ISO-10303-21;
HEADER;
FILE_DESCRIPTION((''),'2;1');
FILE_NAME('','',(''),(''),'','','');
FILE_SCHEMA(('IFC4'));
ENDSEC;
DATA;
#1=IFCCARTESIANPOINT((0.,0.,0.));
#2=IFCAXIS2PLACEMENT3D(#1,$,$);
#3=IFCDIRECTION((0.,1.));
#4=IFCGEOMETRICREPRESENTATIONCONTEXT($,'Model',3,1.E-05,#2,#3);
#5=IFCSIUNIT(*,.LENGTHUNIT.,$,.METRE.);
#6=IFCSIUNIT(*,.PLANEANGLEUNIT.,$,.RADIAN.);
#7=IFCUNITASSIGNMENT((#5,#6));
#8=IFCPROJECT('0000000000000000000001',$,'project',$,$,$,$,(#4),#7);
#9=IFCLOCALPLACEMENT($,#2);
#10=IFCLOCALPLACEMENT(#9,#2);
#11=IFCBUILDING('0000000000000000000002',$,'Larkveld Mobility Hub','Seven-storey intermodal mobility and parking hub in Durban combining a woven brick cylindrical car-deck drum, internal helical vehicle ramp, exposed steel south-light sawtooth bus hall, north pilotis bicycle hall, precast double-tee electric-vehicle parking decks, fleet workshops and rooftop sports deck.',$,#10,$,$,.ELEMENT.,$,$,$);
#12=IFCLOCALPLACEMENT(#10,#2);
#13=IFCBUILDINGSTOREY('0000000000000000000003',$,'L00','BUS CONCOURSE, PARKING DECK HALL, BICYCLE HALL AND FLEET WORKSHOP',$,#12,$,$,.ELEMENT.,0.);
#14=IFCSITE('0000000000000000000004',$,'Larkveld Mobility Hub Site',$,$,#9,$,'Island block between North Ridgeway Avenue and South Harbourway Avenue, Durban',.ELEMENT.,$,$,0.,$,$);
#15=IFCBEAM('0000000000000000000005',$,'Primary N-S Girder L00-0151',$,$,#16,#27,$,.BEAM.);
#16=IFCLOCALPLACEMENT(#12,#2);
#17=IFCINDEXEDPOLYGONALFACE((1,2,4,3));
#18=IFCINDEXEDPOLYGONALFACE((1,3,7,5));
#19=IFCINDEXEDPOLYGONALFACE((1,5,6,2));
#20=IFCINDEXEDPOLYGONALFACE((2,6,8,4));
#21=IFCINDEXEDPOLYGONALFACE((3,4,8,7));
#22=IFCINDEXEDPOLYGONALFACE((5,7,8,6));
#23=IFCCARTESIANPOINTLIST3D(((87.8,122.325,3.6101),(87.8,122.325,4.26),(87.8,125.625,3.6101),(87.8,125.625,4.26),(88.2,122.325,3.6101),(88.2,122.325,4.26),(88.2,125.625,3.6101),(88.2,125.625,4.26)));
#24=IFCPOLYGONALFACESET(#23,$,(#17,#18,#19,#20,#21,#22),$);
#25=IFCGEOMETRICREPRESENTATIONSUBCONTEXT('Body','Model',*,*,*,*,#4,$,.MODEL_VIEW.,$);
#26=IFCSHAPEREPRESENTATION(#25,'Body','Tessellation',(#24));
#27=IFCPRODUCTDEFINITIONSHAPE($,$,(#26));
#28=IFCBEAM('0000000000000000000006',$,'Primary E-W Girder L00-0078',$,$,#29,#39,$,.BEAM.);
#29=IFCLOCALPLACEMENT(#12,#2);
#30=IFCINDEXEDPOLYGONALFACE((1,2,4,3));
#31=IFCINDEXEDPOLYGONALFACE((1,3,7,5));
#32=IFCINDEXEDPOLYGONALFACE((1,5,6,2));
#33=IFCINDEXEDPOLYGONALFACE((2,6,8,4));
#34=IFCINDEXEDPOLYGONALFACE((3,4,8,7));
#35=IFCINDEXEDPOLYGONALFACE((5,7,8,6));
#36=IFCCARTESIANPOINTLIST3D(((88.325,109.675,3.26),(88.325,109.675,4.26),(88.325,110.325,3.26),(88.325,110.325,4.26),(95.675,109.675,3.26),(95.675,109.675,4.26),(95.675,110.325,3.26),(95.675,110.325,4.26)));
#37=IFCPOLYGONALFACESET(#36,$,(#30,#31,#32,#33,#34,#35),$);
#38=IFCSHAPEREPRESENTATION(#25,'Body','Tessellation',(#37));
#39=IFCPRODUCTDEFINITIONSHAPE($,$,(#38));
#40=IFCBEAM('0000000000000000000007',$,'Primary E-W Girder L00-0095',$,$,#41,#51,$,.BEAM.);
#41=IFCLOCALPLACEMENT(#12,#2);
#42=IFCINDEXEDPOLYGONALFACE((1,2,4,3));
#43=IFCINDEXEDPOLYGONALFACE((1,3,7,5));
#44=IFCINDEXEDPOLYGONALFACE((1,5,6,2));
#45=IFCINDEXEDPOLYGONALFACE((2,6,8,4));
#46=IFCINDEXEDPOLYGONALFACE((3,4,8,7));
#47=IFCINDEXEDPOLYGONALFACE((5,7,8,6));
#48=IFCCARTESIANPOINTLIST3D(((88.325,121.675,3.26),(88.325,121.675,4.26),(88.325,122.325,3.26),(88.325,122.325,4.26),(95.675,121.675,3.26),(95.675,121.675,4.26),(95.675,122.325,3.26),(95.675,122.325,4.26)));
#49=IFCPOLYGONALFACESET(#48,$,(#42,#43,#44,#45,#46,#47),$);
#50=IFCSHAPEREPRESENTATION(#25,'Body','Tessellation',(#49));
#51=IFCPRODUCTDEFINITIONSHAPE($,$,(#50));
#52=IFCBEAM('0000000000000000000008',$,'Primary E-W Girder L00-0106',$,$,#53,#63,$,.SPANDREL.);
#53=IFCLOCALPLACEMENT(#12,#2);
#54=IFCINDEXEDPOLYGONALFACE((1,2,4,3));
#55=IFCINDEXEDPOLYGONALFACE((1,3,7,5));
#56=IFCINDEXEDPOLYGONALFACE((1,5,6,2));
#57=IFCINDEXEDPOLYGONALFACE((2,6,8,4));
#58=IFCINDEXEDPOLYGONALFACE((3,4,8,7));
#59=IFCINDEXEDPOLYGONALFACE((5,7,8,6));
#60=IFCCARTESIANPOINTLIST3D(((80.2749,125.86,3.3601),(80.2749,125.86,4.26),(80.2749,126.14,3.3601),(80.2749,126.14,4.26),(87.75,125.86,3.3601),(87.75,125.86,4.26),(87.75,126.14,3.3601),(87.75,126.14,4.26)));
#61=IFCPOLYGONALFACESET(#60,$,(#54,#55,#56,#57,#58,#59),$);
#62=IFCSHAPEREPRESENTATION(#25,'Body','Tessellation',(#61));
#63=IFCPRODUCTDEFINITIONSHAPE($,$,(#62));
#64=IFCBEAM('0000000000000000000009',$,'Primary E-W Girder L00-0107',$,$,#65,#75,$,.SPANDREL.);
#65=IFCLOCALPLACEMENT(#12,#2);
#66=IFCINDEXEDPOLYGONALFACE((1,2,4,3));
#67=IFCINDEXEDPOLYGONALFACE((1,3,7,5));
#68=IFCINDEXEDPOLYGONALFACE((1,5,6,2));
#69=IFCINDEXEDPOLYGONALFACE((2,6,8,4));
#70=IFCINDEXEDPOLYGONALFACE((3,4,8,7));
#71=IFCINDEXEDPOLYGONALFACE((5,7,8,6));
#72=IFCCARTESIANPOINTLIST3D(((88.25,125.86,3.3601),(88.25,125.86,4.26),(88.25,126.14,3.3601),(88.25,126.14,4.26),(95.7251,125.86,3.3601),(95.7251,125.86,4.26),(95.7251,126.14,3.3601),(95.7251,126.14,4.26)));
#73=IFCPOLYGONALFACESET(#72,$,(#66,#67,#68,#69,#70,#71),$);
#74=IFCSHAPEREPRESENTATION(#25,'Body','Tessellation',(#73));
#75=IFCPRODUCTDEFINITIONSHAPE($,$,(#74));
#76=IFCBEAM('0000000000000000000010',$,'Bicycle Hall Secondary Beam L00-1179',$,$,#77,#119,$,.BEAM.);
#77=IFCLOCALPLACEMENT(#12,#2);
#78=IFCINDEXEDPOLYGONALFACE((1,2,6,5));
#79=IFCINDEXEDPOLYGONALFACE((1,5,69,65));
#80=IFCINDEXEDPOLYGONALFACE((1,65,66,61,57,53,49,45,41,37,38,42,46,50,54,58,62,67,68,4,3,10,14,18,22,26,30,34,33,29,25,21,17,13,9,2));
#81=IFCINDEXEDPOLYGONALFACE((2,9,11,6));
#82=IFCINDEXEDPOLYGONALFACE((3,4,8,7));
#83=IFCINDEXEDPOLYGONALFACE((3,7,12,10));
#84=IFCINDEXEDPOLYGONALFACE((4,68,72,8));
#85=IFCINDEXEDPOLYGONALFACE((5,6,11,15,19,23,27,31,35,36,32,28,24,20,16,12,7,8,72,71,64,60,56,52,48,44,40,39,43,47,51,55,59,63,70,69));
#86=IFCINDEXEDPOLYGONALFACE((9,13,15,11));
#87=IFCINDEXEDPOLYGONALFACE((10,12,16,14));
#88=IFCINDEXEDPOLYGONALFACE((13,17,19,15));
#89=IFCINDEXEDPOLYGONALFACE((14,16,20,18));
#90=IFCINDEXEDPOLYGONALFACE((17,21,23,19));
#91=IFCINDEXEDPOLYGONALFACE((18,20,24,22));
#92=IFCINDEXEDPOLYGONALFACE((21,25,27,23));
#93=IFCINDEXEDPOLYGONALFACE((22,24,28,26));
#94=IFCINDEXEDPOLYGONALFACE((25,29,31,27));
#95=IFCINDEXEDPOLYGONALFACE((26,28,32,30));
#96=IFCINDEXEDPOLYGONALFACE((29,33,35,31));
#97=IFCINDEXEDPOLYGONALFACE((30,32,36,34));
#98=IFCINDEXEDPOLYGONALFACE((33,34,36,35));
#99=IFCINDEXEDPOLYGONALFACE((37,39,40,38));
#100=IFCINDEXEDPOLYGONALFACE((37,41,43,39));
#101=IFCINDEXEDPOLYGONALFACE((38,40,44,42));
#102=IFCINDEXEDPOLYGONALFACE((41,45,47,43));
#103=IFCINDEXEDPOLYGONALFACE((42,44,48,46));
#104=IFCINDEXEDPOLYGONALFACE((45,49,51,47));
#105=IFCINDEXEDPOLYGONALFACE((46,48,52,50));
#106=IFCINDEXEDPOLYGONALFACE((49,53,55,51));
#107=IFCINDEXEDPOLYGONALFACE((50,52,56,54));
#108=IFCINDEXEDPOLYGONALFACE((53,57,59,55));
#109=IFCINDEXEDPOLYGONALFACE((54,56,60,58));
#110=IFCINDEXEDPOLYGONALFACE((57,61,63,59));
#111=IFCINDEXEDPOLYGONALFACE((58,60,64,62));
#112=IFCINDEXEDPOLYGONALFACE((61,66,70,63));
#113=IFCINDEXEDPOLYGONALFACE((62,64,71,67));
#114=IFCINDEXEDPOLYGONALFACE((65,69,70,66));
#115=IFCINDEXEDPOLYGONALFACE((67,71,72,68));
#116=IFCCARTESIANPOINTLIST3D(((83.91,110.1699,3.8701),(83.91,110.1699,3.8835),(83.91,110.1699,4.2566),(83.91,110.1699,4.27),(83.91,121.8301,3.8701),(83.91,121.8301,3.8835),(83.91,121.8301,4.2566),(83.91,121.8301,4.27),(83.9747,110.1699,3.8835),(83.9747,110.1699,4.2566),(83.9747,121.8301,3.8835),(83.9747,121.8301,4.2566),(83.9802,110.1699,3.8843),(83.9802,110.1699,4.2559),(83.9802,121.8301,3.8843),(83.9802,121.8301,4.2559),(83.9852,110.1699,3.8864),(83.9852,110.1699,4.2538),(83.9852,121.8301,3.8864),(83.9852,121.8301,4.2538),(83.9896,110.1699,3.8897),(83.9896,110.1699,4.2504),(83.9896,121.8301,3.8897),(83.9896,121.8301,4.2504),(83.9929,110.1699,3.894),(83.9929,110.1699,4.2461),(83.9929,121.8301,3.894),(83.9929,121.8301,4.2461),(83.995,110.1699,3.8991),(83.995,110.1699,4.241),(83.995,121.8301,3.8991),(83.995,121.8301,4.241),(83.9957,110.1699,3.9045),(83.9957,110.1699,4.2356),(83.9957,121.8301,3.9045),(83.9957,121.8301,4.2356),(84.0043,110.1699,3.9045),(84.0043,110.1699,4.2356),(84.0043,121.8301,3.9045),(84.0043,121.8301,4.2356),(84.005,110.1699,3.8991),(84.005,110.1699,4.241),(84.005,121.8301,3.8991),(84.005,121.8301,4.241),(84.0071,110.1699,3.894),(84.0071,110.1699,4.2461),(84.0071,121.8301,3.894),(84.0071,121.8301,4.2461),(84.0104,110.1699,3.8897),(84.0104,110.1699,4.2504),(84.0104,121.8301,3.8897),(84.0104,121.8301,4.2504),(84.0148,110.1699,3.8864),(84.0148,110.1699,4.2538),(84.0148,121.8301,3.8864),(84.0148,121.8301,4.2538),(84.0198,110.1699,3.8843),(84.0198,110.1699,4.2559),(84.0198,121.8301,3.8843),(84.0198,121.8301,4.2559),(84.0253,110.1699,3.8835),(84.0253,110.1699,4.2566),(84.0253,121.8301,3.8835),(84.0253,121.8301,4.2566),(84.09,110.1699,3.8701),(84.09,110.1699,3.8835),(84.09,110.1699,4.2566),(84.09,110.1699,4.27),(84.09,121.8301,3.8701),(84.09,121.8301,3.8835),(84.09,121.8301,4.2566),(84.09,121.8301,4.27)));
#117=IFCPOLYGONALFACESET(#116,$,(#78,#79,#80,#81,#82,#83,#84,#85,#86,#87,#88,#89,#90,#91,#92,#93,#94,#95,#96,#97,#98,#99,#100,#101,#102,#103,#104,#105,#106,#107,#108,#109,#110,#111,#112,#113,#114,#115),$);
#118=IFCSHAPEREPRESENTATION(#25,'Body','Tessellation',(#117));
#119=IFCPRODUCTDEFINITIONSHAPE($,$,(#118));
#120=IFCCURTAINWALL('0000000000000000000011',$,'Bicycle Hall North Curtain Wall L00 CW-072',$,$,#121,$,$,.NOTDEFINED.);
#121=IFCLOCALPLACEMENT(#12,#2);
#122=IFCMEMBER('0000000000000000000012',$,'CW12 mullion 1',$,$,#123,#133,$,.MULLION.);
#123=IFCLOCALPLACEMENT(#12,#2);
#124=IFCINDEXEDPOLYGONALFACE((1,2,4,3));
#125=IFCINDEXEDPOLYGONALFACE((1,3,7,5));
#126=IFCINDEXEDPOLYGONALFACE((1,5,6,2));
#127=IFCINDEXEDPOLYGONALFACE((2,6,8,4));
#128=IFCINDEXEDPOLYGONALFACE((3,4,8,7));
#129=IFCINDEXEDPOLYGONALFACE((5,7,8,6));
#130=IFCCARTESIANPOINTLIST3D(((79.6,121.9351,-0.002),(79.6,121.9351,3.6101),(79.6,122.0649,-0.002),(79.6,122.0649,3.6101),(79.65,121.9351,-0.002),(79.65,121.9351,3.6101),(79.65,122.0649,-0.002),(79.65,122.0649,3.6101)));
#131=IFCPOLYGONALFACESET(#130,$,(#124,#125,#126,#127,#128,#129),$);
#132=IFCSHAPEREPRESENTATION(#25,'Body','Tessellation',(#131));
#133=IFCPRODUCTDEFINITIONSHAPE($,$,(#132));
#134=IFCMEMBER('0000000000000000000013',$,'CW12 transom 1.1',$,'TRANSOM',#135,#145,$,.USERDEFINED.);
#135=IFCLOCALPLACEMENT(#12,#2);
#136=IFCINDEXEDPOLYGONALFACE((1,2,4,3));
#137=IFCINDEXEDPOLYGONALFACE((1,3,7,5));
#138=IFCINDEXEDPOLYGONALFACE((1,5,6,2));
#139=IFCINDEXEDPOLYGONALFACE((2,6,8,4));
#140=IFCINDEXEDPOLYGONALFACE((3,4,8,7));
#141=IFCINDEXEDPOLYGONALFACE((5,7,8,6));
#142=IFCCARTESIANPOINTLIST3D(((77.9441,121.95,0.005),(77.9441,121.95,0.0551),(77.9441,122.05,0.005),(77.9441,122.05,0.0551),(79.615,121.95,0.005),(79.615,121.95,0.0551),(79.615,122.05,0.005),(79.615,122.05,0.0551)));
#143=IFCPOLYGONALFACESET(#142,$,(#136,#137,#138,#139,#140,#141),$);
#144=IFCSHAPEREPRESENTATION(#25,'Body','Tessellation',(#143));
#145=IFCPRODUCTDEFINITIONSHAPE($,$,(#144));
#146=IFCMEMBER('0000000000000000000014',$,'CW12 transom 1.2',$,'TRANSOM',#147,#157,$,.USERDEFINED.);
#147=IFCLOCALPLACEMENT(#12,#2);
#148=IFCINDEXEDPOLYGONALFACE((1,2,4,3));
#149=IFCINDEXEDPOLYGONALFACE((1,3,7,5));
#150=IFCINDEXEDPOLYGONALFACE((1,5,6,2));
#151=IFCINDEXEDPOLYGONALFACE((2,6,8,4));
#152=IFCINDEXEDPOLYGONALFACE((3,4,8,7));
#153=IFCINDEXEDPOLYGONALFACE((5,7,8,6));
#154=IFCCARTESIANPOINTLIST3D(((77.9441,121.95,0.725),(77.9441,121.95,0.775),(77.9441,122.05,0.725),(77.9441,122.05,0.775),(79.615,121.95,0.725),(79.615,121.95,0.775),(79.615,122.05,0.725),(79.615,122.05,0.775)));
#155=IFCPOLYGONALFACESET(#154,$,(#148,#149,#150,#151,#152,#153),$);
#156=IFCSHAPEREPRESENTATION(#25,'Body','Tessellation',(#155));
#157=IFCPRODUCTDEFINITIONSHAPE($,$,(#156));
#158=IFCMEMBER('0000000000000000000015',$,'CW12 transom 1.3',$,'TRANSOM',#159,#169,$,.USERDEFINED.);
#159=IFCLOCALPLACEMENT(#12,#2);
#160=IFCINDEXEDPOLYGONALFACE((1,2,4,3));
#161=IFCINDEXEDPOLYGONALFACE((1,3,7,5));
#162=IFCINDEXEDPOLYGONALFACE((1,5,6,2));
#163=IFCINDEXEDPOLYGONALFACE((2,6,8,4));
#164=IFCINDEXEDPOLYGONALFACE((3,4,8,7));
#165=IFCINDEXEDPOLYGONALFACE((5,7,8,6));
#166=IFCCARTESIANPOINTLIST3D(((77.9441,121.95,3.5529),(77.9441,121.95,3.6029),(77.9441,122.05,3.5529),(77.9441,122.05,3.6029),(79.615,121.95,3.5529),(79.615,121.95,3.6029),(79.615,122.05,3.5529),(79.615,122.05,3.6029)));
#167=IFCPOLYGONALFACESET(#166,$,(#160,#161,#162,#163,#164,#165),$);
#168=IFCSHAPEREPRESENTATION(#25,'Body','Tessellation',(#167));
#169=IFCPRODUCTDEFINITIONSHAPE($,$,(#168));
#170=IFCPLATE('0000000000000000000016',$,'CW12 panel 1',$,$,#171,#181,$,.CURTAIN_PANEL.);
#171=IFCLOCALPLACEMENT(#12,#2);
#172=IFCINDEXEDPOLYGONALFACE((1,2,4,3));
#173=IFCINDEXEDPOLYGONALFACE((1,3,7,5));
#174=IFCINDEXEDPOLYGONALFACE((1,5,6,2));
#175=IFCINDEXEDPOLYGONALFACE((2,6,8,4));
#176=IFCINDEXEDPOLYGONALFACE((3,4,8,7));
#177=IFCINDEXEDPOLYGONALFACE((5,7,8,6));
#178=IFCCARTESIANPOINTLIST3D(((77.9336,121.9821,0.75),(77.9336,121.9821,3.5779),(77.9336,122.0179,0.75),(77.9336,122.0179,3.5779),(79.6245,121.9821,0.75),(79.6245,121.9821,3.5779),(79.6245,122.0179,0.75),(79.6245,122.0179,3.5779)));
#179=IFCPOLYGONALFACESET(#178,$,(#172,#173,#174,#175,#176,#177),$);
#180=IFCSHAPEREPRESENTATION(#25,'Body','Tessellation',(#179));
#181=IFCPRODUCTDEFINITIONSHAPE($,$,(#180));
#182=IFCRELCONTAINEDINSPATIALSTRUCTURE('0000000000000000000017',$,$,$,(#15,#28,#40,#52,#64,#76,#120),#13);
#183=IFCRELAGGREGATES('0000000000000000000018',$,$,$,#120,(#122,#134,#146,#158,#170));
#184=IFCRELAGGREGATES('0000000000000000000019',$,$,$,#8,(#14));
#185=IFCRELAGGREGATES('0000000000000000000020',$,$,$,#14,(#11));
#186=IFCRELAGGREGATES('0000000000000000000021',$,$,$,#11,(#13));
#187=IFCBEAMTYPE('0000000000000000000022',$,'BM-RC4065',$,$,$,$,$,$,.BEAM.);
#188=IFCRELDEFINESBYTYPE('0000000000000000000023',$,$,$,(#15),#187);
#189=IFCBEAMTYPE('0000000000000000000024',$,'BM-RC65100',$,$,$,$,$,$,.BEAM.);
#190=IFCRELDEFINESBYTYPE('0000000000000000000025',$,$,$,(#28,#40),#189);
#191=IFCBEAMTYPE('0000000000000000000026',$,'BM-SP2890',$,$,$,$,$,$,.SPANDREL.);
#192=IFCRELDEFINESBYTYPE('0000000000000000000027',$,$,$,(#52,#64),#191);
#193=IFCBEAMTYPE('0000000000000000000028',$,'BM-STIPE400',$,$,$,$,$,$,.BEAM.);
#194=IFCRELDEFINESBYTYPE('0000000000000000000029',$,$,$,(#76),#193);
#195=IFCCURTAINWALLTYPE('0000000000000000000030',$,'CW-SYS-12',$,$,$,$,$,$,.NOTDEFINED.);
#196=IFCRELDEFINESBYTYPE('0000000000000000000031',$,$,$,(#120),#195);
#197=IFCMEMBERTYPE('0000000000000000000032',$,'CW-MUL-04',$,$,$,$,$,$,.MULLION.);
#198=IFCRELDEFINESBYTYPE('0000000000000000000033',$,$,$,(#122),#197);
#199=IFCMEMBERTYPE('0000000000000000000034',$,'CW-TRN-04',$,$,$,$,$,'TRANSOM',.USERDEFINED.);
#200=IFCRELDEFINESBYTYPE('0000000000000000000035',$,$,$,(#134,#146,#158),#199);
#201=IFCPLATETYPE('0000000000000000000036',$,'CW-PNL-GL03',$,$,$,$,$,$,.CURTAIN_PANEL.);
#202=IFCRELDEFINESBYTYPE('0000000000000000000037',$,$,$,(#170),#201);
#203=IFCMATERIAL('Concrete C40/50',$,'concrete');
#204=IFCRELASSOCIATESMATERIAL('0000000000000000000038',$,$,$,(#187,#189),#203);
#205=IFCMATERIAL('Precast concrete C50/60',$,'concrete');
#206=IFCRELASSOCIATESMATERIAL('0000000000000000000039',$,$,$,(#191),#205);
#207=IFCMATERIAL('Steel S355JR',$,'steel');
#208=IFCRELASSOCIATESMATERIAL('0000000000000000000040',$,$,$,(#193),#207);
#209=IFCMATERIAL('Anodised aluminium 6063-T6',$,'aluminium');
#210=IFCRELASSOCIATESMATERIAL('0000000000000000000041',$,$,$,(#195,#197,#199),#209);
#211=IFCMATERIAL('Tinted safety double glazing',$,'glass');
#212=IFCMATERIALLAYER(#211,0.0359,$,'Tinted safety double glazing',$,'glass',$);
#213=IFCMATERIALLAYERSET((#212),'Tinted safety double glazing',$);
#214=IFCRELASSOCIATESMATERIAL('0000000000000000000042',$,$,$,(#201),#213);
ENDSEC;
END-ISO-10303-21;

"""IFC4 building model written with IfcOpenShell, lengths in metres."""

from ifc_helpers import new_model, si_unit, direction, frame, origin, origin_2d, place, context, subcontext, project, spatial, rectangle, i_section, extrude, material, layer, layer_set, material_profile, profile_set, type_object, element, aggregate, save


model = new_model("IFC4")

# Units and contexts
model_context = context("Model", 3, precision=1e-05, world=origin(), true_north=direction((0.0, 1.0)))
body_context = subcontext(model_context, "Body", "Model", "MODEL_VIEW")
ifc_project = project(units=[si_unit("LENGTHUNIT", "METRE"), si_unit("PLANEANGLEUNIT", "RADIAN")], contexts=[model_context])

# Site, building, storey
site_placement = place(None, origin())
site = spatial("IfcSite", under=ifc_project, at=site_placement, Name="Larkveld Mobility Hub Site", LongName="Island block between North Ridgeway Avenue and South Harbourway Avenue, Durban", CompositionType="ELEMENT", RefElevation=0.0)
building_placement = place(site_placement, origin())
building = spatial("IfcBuilding", under=site, at=building_placement, Name="Larkveld Mobility Hub", Description="Seven-storey intermodal mobility and parking hub in Durban combining a woven brick cylindrical car-deck drum, internal helical vehicle ramp, exposed steel south-light sawtooth bus hall, north pilotis bicycle hall, precast double-tee electric-vehicle parking decks, fleet workshops and rooftop sports deck.", CompositionType="ELEMENT")
storey_placement = place(building_placement, origin())
storey = spatial("IfcBuildingStorey", under=building, at=storey_placement, Name="L00", Description="BUS CONCOURSE, PARKING DECK HALL, BICYCLE HALL AND FLEET WORKSHOP", CompositionType="ELEMENT", Elevation=0.0)

# Shared definitions
ifc_material_1 = material(Name="Precast concrete C50/60", Category="concrete")
ifc_material_2 = material(Name="Concrete C40/50", Category="concrete")

# Beams
ifc_material_profile_1 = material_profile(ifc_material_2, rectangle(XDim=0.3999, YDim=0.6499, at=origin_2d()), Name="RC BM 400x650")
ifc_profile_set_1 = profile_set([ifc_material_profile_1], Name="Concrete C40/50")
beam_type_1 = type_object("IfcBeamType", Name="BM-RC4065", PredefinedType="BEAM", material=ifc_profile_set_1)
beam_1_placement = place(storey_placement, frame((88.0, 122.325, 3.9351), z_axis=(0.0, 1.0, 0.0), x_axis=(-1.0, 0.0, 0.0)))
element("IfcBeam", 1, at=beam_1_placement, inside=storey, type_object=beam_type_1, Name="Primary N-S Girder L00-0151", PredefinedType="BEAM", context=body_context, shape_type="SweptSolid", body=[
    extrude(rectangle(XDim=0.3999, YDim=0.6499, at=origin_2d()), origin(), (0.0, 0.0, 1.0), 3.3),
])
ifc_material_profile_2 = material_profile(ifc_material_2, rectangle(XDim=0.6499, YDim=1.0, at=origin_2d()), Name="RC BM 650x1000")
ifc_profile_set_2 = profile_set([ifc_material_profile_2], Name="Concrete C40/50")
beam_type_2 = type_object("IfcBeamType", Name="BM-RC65100", PredefinedType="BEAM", material=ifc_profile_set_2)
for number, where, z_axis, x_axis, name in (
    (2, (88.325, 110.0, 3.76), (1.0, 0.0, 0.0), (0.0, 1.0, 0.0), "Primary E-W Girder L00-0078"),
    (3, (88.325, 122.0, 3.76), (1.0, 0.0, 0.0), (0.0, 1.0, 0.0), "Primary E-W Girder L00-0095"),
):
    element("IfcBeam", number, at=place(storey_placement, frame(where, z_axis=z_axis, x_axis=x_axis)), inside=storey, type_object=beam_type_2, Name=name, PredefinedType="BEAM", context=body_context, shape_type="SweptSolid", body=[
        extrude(rectangle(XDim=0.6499, YDim=1.0, at=origin_2d()), origin(), (0.0, 0.0, 1.0), 7.3501),
    ])
ifc_material_profile_3 = material_profile(ifc_material_1, rectangle(XDim=0.28, YDim=0.8999, at=origin_2d()), Name="PC SP 280x900")
ifc_profile_set_3 = profile_set([ifc_material_profile_3], Name="Precast concrete C50/60")
beam_type_3 = type_object("IfcBeamType", Name="BM-SP2890", PredefinedType="SPANDREL", material=ifc_profile_set_3)
for number, where, z_axis, x_axis, name in (
    (4, (80.2749, 126.0, 3.8101), (1.0, 0.0, 0.0), (0.0, 1.0, 0.0), "Primary E-W Girder L00-0106"),
    (5, (88.25, 126.0, 3.8101), (1.0, 0.0, 0.0), (0.0, 1.0, 0.0), "Primary E-W Girder L00-0107"),
):
    element("IfcBeam", number, at=place(storey_placement, frame(where, z_axis=z_axis, x_axis=x_axis)), inside=storey, type_object=beam_type_3, Name=name, PredefinedType="SPANDREL", context=body_context, shape_type="SweptSolid", body=[
        extrude(rectangle(XDim=0.28, YDim=0.8999, at=origin_2d()), origin(), (0.0, 0.0, 1.0), 7.4751),
    ])
ifc_material_3 = material(Name="Steel S355JR", Category="steel")
ifc_material_profile_4 = material_profile(ifc_material_3, i_section(OverallWidth=0.1799, OverallDepth=0.3999, WebThickness=0.0085, FlangeThickness=0.0134, FilletRadius=0.021, at=origin_2d()), Name="IPE 400")
ifc_profile_set_4 = profile_set([ifc_material_profile_4], Name="Steel S355JR")
beam_type_4 = type_object("IfcBeamType", Name="BM-STIPE400", PredefinedType="BEAM", material=ifc_profile_set_4)
beam_2_placement = place(storey_placement, frame((84.0, 110.1699, 4.0701), z_axis=(0.0, 1.0, 0.0), x_axis=(-1.0, 0.0, 0.0)))
element("IfcBeam", 6, at=beam_2_placement, inside=storey, type_object=beam_type_4, Name="Bicycle Hall Secondary Beam L00-1179", PredefinedType="BEAM", context=body_context, shape_type="SweptSolid", body=[
    extrude(i_section(OverallWidth=0.1799, OverallDepth=0.3999, WebThickness=0.0085, FlangeThickness=0.0134, FilletRadius=0.021, at=origin_2d()), origin(), (0.0, 0.0, 1.0), 11.6602),
])

# Curtain wall, members, plate
ifc_material_4 = material(Name="Anodised aluminium 6063-T6", Category="aluminium")
curtain_wall_type = type_object("IfcCurtainWallType", Name="CW-SYS-12", PredefinedType="NOTDEFINED", material=ifc_material_4)
curtain_wall_placement = place(storey_placement, origin())
curtain_wall = element("IfcCurtainWall", 7, at=curtain_wall_placement, inside=storey, type_object=curtain_wall_type, Name="Bicycle Hall North Curtain Wall L00 CW-072", PredefinedType="NOTDEFINED")
ifc_material_profile_5 = material_profile(ifc_material_4, rectangle(XDim=0.05, YDim=0.1299, at=origin_2d()), Name="ALU MULL 50x130")
ifc_profile_set_5 = profile_set([ifc_material_profile_5], Name="Anodised aluminium 6063-T6")
member_type_1 = type_object("IfcMemberType", Name="CW-MUL-04", PredefinedType="MULLION", material=ifc_profile_set_5)
member_1_placement = place(storey_placement, frame((79.625, 122.0, -0.002), z_axis=(0.0, 0.0, 1.0), x_axis=(-1.0, 0.0, 0.0)))
member_1 = element("IfcMember", 8, at=member_1_placement, type_object=member_type_1, Name="CW12 mullion 1", PredefinedType="MULLION", context=body_context, shape_type="SweptSolid", body=[
    extrude(rectangle(XDim=0.05, YDim=0.1299, at=origin_2d()), origin(), (0.0, 0.0, 1.0), 3.6121),
])
ifc_material_profile_6 = material_profile(ifc_material_4, rectangle(XDim=0.1001, YDim=0.05, at=origin_2d()), Name="ALU TRAN 50x100")
ifc_profile_set_6 = profile_set([ifc_material_profile_6], Name="Anodised aluminium 6063-T6")
member_type_2 = type_object("IfcMemberType", Name="CW-TRN-04", ElementType="TRANSOM", PredefinedType="USERDEFINED", material=ifc_profile_set_6)
member_2_placement = place(storey_placement, frame((79.615, 122.0, 0.03), z_axis=(-1.0, 0.0, 0.0), x_axis=(0.0, -1.0, 0.0)))
member_2 = element("IfcMember", 9, at=member_2_placement, type_object=member_type_2, Name="CW12 transom 1.1", ObjectType="TRANSOM", PredefinedType="USERDEFINED", context=body_context, shape_type="SweptSolid", body=[
    extrude(rectangle(XDim=0.1001, YDim=0.05, at=origin_2d()), origin(), (0.0, 0.0, 1.0), 1.6709),
])
member_3_placement = place(storey_placement, frame((79.615, 122.0, 0.75), z_axis=(-1.0, 0.0, 0.0), x_axis=(0.0, -1.0, 0.0)))
member_3 = element("IfcMember", 10, at=member_3_placement, type_object=member_type_2, Name="CW12 transom 1.2", ObjectType="TRANSOM", PredefinedType="USERDEFINED", context=body_context, shape_type="SweptSolid", body=[
    extrude(rectangle(XDim=0.1001, YDim=0.05, at=origin_2d()), origin(), (0.0, 0.0, 1.0), 1.6709),
])
member_4_placement = place(storey_placement, frame((79.615, 122.0, 3.5779), z_axis=(-1.0, 0.0, 0.0), x_axis=(0.0, -1.0, 0.0)))
member_4 = element("IfcMember", 11, at=member_4_placement, type_object=member_type_2, Name="CW12 transom 1.3", ObjectType="TRANSOM", PredefinedType="USERDEFINED", context=body_context, shape_type="SweptSolid", body=[
    extrude(rectangle(XDim=0.1001, YDim=0.05, at=origin_2d()), origin(), (0.0, 0.0, 1.0), 1.6709),
])
ifc_material_5 = material(Name="Tinted safety double glazing", Category="glass")
ifc_layer_1 = layer(ifc_material_5, 0.0359, Name="Tinted safety double glazing", Category="glass")
ifc_layer_set_1 = layer_set([ifc_layer_1], Name="Tinted safety double glazing")
plate_type_1 = type_object("IfcPlateType", Name="CW-PNL-GL03", PredefinedType="CURTAIN_PANEL", material=ifc_layer_set_1)
plate_1_placement = place(storey_placement, frame((78.7791, 122.0, 0.75), z_axis=(0.0, 0.0, 1.0), x_axis=(-1.0, 0.0, 0.0)))
plate_1 = element("IfcPlate", 12, at=plate_1_placement, type_object=plate_type_1, Name="CW12 panel 1", PredefinedType="CURTAIN_PANEL", context=body_context, shape_type="SweptSolid", body=[
    extrude(rectangle(XDim=1.6909, YDim=0.0359, at=origin_2d()), origin(), (0.0, 0.0, 1.0), 2.8279),
])
aggregate(curtain_wall, [member_1, member_2, member_3, member_4, plate_1])

save(model, "model.ifc")
